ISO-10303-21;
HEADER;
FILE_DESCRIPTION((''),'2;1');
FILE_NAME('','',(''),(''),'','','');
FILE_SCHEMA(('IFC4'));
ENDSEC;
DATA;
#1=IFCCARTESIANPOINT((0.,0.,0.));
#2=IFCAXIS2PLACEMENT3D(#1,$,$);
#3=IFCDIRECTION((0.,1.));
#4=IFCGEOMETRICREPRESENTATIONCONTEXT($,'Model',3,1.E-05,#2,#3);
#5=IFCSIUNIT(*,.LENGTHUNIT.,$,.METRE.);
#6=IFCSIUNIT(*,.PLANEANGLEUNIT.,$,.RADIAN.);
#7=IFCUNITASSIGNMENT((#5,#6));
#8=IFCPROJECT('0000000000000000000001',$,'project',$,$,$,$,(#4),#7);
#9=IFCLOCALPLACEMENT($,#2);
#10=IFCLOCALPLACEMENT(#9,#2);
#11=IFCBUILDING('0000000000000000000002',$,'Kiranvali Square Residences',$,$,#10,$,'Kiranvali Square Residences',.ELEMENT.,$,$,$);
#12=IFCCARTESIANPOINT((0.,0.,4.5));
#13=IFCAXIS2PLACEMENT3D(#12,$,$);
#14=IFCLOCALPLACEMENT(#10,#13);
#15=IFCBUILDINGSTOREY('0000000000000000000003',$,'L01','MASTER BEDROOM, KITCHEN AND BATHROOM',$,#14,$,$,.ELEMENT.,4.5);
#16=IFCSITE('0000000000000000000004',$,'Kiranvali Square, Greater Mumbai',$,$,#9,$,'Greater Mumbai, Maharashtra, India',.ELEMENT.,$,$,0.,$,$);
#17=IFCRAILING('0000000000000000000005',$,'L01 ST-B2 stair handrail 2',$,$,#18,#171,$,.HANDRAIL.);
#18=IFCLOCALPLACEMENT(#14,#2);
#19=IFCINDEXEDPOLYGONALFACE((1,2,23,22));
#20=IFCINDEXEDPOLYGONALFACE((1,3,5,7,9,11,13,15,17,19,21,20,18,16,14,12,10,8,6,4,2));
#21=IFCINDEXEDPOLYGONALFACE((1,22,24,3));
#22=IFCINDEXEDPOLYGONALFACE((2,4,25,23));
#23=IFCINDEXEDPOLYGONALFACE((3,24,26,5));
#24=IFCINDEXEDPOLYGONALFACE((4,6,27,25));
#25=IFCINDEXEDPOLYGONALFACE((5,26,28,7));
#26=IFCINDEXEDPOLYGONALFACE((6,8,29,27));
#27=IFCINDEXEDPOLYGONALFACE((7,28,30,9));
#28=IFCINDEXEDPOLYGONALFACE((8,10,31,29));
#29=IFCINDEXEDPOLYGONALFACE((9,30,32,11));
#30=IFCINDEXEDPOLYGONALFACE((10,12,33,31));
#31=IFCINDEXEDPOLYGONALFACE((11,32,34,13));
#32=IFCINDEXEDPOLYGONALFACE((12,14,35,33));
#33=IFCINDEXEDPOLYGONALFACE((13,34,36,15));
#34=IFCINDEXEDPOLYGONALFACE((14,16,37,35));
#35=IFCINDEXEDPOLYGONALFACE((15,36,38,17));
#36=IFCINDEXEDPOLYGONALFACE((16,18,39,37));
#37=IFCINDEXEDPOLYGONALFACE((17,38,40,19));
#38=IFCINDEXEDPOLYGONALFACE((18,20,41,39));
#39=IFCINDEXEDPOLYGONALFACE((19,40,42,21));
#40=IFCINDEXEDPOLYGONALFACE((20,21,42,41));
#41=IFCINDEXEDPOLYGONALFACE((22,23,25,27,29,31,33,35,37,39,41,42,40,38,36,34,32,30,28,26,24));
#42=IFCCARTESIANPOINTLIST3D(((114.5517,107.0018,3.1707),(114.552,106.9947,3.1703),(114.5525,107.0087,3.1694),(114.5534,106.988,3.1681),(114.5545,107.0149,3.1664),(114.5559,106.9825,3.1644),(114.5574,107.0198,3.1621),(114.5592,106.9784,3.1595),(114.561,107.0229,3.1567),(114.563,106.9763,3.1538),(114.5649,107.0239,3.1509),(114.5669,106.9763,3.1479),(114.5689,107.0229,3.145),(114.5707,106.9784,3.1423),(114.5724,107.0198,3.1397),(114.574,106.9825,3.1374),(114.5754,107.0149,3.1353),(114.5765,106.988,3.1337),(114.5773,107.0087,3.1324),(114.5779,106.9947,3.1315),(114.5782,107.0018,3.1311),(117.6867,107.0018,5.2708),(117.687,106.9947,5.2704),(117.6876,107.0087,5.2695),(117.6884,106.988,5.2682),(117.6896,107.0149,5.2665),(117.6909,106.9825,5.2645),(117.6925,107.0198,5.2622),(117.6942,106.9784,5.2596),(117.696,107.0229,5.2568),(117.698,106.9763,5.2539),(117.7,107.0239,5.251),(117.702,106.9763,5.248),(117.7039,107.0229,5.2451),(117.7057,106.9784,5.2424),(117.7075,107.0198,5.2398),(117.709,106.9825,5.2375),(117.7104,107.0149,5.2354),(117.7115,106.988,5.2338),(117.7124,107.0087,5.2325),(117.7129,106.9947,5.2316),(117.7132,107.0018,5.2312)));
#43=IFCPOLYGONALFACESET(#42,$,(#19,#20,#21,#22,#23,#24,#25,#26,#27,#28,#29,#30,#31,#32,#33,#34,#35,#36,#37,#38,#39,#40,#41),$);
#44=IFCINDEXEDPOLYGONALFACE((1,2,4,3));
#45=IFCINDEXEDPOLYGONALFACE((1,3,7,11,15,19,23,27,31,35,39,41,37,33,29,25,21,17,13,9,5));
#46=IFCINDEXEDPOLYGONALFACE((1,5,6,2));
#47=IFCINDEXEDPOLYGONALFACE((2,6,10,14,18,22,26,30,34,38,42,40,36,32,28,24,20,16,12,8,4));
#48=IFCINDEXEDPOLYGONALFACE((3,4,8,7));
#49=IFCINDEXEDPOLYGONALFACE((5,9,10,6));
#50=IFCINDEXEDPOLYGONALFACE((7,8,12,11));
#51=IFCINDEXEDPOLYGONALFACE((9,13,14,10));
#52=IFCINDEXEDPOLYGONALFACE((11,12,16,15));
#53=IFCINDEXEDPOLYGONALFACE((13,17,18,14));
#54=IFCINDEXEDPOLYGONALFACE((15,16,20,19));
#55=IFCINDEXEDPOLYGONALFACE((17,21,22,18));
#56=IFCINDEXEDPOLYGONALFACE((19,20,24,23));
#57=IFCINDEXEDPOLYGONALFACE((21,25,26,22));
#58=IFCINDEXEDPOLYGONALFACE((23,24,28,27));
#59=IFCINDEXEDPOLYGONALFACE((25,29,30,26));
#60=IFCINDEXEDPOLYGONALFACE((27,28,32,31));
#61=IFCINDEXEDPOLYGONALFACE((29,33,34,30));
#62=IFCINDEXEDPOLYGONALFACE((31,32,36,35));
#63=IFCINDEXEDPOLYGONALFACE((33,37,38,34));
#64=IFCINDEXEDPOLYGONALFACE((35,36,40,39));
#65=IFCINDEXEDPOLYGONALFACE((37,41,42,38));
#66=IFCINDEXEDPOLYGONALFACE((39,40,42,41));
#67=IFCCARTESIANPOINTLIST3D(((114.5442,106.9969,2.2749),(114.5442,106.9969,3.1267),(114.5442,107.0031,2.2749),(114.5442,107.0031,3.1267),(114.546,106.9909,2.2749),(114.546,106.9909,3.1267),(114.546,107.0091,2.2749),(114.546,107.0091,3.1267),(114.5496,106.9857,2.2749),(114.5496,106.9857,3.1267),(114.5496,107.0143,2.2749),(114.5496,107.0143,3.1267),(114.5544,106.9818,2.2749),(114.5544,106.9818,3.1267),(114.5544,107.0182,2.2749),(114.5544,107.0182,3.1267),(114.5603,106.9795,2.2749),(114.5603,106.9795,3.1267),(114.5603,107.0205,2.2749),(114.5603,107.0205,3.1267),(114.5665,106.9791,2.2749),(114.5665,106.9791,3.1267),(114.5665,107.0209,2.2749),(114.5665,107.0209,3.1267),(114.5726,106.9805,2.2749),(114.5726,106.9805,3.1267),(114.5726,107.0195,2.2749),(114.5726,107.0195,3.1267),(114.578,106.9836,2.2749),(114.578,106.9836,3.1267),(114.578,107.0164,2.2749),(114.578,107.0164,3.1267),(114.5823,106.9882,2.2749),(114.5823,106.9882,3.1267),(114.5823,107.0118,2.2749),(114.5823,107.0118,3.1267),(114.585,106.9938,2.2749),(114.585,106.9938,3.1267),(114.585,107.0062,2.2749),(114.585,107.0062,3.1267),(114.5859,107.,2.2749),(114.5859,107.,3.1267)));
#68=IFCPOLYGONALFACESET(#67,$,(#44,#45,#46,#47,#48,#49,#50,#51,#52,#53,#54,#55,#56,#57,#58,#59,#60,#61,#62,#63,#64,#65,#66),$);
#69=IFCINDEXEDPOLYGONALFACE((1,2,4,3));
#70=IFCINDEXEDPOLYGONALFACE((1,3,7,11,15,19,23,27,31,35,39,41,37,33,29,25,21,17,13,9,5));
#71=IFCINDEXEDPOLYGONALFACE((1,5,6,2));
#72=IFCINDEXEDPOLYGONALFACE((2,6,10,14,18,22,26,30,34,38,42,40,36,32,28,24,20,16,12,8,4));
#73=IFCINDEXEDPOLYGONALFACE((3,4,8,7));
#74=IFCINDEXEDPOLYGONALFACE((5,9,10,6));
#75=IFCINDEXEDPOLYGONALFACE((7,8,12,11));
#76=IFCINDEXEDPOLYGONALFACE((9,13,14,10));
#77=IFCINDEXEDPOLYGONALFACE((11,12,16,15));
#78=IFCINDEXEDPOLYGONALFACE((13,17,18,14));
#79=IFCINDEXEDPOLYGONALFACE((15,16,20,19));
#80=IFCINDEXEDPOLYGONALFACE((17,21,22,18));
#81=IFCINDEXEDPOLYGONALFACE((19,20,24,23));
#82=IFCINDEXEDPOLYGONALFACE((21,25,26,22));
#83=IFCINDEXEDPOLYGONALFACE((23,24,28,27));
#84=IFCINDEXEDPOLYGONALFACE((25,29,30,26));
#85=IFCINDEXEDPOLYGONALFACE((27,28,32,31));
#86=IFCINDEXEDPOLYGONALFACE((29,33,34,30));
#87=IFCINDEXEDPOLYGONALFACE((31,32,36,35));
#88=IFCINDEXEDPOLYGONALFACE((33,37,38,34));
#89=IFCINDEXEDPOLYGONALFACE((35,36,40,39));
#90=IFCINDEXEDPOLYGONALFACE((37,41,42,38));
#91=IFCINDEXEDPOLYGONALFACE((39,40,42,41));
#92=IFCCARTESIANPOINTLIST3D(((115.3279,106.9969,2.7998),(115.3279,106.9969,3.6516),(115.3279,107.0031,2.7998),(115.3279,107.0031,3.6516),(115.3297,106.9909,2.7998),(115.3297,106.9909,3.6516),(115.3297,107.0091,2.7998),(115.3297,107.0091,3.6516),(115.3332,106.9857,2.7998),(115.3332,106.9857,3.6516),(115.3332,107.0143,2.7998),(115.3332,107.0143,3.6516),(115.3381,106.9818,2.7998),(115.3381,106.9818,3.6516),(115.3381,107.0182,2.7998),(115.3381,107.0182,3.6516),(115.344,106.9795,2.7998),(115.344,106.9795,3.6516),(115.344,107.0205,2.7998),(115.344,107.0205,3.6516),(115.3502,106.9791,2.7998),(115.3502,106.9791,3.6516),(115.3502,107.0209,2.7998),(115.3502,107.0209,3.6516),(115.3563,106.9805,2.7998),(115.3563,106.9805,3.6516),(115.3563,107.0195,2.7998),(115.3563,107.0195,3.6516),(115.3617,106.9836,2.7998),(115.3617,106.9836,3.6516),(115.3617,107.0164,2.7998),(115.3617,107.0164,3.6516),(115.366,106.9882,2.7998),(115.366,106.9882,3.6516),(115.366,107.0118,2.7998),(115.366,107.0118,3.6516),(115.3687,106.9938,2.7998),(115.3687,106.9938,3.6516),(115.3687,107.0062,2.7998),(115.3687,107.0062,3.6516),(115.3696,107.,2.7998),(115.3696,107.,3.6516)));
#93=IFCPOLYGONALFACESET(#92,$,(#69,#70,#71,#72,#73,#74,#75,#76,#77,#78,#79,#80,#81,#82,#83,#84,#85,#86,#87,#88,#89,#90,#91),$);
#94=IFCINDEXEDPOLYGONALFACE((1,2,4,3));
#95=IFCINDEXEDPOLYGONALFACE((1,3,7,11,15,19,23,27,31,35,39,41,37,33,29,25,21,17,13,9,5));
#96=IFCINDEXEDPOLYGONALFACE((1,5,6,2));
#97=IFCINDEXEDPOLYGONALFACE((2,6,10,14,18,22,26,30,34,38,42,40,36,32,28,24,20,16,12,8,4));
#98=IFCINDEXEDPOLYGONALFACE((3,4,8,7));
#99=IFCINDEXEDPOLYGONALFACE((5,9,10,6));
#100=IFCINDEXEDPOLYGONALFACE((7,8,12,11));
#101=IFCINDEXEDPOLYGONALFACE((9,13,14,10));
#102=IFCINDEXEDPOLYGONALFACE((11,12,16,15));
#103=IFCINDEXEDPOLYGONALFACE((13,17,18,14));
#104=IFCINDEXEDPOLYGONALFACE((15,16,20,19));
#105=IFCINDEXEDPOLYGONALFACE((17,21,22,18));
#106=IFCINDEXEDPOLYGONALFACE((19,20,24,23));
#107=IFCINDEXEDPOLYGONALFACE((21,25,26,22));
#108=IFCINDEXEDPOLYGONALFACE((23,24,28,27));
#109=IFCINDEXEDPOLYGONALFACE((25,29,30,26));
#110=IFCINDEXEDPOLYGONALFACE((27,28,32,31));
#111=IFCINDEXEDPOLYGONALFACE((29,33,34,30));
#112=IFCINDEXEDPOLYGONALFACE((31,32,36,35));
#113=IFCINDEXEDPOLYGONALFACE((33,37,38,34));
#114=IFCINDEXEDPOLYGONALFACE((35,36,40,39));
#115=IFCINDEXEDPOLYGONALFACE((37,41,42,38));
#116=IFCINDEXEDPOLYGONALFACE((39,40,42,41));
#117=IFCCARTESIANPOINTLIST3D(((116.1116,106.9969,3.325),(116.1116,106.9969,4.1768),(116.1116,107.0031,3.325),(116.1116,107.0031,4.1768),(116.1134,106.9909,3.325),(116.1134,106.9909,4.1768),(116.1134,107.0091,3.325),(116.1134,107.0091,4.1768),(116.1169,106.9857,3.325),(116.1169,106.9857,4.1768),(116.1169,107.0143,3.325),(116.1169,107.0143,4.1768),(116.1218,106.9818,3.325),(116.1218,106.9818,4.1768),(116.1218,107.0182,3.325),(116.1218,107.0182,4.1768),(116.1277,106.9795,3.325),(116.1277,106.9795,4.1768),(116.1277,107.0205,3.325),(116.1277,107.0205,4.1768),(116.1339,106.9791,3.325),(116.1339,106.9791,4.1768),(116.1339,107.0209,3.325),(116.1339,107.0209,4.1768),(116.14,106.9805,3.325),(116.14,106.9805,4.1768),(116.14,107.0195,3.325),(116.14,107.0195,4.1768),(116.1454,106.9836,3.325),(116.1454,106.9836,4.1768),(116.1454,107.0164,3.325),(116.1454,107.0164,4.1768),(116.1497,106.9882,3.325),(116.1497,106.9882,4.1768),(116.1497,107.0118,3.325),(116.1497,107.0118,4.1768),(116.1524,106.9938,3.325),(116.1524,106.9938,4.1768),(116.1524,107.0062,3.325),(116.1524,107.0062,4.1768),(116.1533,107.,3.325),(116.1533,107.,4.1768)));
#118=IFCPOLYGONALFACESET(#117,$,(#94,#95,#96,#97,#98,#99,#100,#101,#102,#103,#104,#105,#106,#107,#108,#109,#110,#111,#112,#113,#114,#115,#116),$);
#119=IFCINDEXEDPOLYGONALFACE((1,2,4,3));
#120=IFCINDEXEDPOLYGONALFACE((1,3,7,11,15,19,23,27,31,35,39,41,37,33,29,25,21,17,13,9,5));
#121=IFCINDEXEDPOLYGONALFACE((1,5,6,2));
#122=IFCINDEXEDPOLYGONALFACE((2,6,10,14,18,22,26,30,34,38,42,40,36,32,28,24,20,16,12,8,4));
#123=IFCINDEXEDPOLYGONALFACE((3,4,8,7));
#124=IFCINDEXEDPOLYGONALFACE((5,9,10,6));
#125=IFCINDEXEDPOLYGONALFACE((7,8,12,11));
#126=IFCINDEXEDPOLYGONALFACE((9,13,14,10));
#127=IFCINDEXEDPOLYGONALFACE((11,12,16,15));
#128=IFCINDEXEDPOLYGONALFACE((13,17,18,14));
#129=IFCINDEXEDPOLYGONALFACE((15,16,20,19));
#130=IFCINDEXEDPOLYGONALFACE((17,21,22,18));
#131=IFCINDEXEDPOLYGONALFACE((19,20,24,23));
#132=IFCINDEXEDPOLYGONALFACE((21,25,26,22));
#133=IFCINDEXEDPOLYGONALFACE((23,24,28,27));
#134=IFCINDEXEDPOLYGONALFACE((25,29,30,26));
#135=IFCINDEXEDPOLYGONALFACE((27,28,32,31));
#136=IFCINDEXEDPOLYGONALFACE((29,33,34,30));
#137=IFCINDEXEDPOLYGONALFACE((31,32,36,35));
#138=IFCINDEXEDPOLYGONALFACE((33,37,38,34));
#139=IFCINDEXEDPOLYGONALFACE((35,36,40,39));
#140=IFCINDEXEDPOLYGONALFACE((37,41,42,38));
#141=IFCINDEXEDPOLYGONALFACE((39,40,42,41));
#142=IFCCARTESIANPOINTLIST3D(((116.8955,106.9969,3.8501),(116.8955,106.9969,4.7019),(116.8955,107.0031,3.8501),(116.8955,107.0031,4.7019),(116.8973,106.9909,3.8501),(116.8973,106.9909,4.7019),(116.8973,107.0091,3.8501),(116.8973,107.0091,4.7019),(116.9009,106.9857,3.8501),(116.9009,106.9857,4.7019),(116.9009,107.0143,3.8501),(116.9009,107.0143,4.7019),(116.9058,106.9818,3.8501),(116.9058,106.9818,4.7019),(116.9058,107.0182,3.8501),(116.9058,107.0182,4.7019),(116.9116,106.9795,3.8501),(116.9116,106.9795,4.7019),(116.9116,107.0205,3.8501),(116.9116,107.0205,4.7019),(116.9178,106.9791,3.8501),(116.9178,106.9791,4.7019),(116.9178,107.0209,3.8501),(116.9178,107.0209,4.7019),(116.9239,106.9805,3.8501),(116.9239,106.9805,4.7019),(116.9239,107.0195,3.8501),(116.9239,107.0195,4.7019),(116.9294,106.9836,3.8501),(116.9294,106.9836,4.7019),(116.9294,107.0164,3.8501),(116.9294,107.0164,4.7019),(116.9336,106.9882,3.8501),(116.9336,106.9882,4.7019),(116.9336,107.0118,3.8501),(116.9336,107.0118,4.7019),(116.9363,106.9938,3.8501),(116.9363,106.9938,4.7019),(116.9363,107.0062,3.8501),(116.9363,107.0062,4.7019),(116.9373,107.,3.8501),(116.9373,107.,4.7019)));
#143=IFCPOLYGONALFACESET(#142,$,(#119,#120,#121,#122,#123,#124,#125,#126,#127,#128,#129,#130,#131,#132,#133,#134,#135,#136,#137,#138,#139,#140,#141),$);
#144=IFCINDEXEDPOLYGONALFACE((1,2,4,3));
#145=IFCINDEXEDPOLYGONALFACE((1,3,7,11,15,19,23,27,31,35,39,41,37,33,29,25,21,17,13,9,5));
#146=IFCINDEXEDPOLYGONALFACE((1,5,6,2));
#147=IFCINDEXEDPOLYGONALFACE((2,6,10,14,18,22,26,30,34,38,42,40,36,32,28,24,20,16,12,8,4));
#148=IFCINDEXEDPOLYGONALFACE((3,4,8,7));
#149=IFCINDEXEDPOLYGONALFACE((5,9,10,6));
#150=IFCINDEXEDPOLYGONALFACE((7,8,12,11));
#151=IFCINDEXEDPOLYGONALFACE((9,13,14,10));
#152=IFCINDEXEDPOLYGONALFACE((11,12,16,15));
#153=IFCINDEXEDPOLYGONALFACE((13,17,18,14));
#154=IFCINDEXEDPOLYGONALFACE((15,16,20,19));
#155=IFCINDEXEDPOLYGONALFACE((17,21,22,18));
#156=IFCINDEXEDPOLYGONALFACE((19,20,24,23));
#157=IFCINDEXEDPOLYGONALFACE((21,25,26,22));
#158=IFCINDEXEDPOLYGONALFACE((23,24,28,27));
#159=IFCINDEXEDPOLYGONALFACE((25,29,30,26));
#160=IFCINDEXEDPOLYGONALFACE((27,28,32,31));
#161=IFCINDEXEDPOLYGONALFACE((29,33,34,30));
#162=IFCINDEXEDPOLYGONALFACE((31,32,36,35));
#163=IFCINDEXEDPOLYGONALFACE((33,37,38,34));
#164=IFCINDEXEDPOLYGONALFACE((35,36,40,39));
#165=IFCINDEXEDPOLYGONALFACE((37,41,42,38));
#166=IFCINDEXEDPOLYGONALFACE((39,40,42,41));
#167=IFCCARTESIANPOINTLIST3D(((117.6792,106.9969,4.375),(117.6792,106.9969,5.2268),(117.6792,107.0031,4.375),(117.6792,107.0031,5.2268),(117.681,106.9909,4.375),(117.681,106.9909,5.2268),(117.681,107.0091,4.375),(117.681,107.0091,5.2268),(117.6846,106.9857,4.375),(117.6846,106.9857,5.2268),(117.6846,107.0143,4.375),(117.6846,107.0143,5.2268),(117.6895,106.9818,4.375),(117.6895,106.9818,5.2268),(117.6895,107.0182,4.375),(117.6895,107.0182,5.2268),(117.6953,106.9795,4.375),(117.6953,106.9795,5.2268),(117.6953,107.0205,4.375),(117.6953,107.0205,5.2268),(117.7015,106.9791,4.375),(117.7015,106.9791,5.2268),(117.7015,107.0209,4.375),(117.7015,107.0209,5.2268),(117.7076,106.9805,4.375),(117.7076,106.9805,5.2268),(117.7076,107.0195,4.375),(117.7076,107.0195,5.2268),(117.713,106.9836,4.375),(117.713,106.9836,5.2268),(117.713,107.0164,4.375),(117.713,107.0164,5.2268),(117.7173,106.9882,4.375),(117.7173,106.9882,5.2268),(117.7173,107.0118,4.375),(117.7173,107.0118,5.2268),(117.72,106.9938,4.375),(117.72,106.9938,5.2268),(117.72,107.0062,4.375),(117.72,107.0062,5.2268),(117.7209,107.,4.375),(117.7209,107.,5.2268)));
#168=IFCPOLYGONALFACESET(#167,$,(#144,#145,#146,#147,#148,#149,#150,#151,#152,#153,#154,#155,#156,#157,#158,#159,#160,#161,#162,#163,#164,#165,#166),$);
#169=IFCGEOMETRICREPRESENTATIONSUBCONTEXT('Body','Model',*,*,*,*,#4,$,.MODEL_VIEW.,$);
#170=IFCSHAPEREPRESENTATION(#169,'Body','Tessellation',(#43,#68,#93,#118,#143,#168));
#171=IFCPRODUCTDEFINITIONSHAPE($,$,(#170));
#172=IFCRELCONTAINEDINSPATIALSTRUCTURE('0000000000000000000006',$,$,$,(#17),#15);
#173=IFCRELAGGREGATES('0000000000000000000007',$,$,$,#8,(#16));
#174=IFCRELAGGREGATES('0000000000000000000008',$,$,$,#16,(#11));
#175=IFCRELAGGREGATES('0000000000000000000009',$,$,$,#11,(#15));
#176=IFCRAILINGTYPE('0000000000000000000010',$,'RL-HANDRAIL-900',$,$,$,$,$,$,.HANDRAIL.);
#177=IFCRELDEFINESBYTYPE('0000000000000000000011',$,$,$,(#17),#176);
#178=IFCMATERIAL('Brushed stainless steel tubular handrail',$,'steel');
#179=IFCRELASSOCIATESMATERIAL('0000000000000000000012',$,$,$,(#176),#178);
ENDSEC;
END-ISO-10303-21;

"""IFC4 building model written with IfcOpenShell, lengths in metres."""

from ifc_helpers import new_model, si_unit, direction, frame, origin, origin_2d, place, context, subcontext, project, spatial, circle, extrude, material, type_object, element, save


model = new_model("IFC4")

# Units and contexts
model_context = context("Model", 3, precision=1e-05, world=origin(), true_north=direction((0.0, 1.0)))
body_context = subcontext(model_context, "Body", "Model", "MODEL_VIEW")
ifc_project = project(units=[si_unit("LENGTHUNIT", "METRE"), si_unit("PLANEANGLEUNIT", "RADIAN")], contexts=[model_context])

# Site, building, storey
site_placement = place(None, origin())
site = spatial("IfcSite", under=ifc_project, at=site_placement, Name="Kiranvali Square, Greater Mumbai", LongName="Greater Mumbai, Maharashtra, India", CompositionType="ELEMENT", RefElevation=0.0)
building_placement = place(site_placement, origin())
building = spatial("IfcBuilding", under=site, at=building_placement, Name="Kiranvali Square Residences", LongName="Kiranvali Square Residences", CompositionType="ELEMENT")
storey_placement = place(building_placement, frame((0.0, 0.0, 4.5)))
storey = spatial("IfcBuildingStorey", under=building, at=storey_placement, Name="L01", Description="MASTER BEDROOM, KITCHEN AND BATHROOM", CompositionType="ELEMENT", Elevation=4.5)

# Railing
ifc_material_1 = material(Name="Brushed stainless steel tubular handrail", Category="steel")
railing_type_1 = type_object("IfcRailingType", Name="RL-HANDRAIL-900", PredefinedType="HANDRAIL", material=ifc_material_1)
railing_1_placement = place(storey_placement, frame((114.5649, 107.0, 2.2749)))
element("IfcRailing", 1, at=railing_1_placement, inside=storey, type_object=railing_type_1, Name="L01 ST-B2 stair handrail 2", PredefinedType="HANDRAIL", context=body_context, shape_type="SweptSolid", body=[
    extrude(circle(Radius=0.0239, at=origin_2d()), frame((0.0, 0.0, 0.876), z_axis=(0.830814, 0.0, 0.55655), x_axis=(0.0, 1.0, 0.0)), (0.0, 0.0, 1.0), 3.7734),
    extrude(circle(Radius=0.021, at=origin_2d()), origin(), (0.0, 0.0, 1.0), 0.8518),
    extrude(circle(Radius=0.021, at=origin_2d()), frame((0.7837, 0.0, 0.5249)), (0.0, 0.0, 1.0), 0.8518),
    extrude(circle(Radius=0.021, at=origin_2d()), frame((1.5674, 0.0, 1.05)), (0.0, 0.0, 1.0), 0.8518),
    extrude(circle(Radius=0.021, at=origin_2d()), frame((2.3513, 0.0, 1.5752)), (0.0, 0.0, 1.0), 0.8518),
    extrude(circle(Radius=0.021, at=origin_2d()), frame((3.135, 0.0, 2.1001)), (0.0, 0.0, 1.0), 0.8518),
])

save(model, "model.ifc")
